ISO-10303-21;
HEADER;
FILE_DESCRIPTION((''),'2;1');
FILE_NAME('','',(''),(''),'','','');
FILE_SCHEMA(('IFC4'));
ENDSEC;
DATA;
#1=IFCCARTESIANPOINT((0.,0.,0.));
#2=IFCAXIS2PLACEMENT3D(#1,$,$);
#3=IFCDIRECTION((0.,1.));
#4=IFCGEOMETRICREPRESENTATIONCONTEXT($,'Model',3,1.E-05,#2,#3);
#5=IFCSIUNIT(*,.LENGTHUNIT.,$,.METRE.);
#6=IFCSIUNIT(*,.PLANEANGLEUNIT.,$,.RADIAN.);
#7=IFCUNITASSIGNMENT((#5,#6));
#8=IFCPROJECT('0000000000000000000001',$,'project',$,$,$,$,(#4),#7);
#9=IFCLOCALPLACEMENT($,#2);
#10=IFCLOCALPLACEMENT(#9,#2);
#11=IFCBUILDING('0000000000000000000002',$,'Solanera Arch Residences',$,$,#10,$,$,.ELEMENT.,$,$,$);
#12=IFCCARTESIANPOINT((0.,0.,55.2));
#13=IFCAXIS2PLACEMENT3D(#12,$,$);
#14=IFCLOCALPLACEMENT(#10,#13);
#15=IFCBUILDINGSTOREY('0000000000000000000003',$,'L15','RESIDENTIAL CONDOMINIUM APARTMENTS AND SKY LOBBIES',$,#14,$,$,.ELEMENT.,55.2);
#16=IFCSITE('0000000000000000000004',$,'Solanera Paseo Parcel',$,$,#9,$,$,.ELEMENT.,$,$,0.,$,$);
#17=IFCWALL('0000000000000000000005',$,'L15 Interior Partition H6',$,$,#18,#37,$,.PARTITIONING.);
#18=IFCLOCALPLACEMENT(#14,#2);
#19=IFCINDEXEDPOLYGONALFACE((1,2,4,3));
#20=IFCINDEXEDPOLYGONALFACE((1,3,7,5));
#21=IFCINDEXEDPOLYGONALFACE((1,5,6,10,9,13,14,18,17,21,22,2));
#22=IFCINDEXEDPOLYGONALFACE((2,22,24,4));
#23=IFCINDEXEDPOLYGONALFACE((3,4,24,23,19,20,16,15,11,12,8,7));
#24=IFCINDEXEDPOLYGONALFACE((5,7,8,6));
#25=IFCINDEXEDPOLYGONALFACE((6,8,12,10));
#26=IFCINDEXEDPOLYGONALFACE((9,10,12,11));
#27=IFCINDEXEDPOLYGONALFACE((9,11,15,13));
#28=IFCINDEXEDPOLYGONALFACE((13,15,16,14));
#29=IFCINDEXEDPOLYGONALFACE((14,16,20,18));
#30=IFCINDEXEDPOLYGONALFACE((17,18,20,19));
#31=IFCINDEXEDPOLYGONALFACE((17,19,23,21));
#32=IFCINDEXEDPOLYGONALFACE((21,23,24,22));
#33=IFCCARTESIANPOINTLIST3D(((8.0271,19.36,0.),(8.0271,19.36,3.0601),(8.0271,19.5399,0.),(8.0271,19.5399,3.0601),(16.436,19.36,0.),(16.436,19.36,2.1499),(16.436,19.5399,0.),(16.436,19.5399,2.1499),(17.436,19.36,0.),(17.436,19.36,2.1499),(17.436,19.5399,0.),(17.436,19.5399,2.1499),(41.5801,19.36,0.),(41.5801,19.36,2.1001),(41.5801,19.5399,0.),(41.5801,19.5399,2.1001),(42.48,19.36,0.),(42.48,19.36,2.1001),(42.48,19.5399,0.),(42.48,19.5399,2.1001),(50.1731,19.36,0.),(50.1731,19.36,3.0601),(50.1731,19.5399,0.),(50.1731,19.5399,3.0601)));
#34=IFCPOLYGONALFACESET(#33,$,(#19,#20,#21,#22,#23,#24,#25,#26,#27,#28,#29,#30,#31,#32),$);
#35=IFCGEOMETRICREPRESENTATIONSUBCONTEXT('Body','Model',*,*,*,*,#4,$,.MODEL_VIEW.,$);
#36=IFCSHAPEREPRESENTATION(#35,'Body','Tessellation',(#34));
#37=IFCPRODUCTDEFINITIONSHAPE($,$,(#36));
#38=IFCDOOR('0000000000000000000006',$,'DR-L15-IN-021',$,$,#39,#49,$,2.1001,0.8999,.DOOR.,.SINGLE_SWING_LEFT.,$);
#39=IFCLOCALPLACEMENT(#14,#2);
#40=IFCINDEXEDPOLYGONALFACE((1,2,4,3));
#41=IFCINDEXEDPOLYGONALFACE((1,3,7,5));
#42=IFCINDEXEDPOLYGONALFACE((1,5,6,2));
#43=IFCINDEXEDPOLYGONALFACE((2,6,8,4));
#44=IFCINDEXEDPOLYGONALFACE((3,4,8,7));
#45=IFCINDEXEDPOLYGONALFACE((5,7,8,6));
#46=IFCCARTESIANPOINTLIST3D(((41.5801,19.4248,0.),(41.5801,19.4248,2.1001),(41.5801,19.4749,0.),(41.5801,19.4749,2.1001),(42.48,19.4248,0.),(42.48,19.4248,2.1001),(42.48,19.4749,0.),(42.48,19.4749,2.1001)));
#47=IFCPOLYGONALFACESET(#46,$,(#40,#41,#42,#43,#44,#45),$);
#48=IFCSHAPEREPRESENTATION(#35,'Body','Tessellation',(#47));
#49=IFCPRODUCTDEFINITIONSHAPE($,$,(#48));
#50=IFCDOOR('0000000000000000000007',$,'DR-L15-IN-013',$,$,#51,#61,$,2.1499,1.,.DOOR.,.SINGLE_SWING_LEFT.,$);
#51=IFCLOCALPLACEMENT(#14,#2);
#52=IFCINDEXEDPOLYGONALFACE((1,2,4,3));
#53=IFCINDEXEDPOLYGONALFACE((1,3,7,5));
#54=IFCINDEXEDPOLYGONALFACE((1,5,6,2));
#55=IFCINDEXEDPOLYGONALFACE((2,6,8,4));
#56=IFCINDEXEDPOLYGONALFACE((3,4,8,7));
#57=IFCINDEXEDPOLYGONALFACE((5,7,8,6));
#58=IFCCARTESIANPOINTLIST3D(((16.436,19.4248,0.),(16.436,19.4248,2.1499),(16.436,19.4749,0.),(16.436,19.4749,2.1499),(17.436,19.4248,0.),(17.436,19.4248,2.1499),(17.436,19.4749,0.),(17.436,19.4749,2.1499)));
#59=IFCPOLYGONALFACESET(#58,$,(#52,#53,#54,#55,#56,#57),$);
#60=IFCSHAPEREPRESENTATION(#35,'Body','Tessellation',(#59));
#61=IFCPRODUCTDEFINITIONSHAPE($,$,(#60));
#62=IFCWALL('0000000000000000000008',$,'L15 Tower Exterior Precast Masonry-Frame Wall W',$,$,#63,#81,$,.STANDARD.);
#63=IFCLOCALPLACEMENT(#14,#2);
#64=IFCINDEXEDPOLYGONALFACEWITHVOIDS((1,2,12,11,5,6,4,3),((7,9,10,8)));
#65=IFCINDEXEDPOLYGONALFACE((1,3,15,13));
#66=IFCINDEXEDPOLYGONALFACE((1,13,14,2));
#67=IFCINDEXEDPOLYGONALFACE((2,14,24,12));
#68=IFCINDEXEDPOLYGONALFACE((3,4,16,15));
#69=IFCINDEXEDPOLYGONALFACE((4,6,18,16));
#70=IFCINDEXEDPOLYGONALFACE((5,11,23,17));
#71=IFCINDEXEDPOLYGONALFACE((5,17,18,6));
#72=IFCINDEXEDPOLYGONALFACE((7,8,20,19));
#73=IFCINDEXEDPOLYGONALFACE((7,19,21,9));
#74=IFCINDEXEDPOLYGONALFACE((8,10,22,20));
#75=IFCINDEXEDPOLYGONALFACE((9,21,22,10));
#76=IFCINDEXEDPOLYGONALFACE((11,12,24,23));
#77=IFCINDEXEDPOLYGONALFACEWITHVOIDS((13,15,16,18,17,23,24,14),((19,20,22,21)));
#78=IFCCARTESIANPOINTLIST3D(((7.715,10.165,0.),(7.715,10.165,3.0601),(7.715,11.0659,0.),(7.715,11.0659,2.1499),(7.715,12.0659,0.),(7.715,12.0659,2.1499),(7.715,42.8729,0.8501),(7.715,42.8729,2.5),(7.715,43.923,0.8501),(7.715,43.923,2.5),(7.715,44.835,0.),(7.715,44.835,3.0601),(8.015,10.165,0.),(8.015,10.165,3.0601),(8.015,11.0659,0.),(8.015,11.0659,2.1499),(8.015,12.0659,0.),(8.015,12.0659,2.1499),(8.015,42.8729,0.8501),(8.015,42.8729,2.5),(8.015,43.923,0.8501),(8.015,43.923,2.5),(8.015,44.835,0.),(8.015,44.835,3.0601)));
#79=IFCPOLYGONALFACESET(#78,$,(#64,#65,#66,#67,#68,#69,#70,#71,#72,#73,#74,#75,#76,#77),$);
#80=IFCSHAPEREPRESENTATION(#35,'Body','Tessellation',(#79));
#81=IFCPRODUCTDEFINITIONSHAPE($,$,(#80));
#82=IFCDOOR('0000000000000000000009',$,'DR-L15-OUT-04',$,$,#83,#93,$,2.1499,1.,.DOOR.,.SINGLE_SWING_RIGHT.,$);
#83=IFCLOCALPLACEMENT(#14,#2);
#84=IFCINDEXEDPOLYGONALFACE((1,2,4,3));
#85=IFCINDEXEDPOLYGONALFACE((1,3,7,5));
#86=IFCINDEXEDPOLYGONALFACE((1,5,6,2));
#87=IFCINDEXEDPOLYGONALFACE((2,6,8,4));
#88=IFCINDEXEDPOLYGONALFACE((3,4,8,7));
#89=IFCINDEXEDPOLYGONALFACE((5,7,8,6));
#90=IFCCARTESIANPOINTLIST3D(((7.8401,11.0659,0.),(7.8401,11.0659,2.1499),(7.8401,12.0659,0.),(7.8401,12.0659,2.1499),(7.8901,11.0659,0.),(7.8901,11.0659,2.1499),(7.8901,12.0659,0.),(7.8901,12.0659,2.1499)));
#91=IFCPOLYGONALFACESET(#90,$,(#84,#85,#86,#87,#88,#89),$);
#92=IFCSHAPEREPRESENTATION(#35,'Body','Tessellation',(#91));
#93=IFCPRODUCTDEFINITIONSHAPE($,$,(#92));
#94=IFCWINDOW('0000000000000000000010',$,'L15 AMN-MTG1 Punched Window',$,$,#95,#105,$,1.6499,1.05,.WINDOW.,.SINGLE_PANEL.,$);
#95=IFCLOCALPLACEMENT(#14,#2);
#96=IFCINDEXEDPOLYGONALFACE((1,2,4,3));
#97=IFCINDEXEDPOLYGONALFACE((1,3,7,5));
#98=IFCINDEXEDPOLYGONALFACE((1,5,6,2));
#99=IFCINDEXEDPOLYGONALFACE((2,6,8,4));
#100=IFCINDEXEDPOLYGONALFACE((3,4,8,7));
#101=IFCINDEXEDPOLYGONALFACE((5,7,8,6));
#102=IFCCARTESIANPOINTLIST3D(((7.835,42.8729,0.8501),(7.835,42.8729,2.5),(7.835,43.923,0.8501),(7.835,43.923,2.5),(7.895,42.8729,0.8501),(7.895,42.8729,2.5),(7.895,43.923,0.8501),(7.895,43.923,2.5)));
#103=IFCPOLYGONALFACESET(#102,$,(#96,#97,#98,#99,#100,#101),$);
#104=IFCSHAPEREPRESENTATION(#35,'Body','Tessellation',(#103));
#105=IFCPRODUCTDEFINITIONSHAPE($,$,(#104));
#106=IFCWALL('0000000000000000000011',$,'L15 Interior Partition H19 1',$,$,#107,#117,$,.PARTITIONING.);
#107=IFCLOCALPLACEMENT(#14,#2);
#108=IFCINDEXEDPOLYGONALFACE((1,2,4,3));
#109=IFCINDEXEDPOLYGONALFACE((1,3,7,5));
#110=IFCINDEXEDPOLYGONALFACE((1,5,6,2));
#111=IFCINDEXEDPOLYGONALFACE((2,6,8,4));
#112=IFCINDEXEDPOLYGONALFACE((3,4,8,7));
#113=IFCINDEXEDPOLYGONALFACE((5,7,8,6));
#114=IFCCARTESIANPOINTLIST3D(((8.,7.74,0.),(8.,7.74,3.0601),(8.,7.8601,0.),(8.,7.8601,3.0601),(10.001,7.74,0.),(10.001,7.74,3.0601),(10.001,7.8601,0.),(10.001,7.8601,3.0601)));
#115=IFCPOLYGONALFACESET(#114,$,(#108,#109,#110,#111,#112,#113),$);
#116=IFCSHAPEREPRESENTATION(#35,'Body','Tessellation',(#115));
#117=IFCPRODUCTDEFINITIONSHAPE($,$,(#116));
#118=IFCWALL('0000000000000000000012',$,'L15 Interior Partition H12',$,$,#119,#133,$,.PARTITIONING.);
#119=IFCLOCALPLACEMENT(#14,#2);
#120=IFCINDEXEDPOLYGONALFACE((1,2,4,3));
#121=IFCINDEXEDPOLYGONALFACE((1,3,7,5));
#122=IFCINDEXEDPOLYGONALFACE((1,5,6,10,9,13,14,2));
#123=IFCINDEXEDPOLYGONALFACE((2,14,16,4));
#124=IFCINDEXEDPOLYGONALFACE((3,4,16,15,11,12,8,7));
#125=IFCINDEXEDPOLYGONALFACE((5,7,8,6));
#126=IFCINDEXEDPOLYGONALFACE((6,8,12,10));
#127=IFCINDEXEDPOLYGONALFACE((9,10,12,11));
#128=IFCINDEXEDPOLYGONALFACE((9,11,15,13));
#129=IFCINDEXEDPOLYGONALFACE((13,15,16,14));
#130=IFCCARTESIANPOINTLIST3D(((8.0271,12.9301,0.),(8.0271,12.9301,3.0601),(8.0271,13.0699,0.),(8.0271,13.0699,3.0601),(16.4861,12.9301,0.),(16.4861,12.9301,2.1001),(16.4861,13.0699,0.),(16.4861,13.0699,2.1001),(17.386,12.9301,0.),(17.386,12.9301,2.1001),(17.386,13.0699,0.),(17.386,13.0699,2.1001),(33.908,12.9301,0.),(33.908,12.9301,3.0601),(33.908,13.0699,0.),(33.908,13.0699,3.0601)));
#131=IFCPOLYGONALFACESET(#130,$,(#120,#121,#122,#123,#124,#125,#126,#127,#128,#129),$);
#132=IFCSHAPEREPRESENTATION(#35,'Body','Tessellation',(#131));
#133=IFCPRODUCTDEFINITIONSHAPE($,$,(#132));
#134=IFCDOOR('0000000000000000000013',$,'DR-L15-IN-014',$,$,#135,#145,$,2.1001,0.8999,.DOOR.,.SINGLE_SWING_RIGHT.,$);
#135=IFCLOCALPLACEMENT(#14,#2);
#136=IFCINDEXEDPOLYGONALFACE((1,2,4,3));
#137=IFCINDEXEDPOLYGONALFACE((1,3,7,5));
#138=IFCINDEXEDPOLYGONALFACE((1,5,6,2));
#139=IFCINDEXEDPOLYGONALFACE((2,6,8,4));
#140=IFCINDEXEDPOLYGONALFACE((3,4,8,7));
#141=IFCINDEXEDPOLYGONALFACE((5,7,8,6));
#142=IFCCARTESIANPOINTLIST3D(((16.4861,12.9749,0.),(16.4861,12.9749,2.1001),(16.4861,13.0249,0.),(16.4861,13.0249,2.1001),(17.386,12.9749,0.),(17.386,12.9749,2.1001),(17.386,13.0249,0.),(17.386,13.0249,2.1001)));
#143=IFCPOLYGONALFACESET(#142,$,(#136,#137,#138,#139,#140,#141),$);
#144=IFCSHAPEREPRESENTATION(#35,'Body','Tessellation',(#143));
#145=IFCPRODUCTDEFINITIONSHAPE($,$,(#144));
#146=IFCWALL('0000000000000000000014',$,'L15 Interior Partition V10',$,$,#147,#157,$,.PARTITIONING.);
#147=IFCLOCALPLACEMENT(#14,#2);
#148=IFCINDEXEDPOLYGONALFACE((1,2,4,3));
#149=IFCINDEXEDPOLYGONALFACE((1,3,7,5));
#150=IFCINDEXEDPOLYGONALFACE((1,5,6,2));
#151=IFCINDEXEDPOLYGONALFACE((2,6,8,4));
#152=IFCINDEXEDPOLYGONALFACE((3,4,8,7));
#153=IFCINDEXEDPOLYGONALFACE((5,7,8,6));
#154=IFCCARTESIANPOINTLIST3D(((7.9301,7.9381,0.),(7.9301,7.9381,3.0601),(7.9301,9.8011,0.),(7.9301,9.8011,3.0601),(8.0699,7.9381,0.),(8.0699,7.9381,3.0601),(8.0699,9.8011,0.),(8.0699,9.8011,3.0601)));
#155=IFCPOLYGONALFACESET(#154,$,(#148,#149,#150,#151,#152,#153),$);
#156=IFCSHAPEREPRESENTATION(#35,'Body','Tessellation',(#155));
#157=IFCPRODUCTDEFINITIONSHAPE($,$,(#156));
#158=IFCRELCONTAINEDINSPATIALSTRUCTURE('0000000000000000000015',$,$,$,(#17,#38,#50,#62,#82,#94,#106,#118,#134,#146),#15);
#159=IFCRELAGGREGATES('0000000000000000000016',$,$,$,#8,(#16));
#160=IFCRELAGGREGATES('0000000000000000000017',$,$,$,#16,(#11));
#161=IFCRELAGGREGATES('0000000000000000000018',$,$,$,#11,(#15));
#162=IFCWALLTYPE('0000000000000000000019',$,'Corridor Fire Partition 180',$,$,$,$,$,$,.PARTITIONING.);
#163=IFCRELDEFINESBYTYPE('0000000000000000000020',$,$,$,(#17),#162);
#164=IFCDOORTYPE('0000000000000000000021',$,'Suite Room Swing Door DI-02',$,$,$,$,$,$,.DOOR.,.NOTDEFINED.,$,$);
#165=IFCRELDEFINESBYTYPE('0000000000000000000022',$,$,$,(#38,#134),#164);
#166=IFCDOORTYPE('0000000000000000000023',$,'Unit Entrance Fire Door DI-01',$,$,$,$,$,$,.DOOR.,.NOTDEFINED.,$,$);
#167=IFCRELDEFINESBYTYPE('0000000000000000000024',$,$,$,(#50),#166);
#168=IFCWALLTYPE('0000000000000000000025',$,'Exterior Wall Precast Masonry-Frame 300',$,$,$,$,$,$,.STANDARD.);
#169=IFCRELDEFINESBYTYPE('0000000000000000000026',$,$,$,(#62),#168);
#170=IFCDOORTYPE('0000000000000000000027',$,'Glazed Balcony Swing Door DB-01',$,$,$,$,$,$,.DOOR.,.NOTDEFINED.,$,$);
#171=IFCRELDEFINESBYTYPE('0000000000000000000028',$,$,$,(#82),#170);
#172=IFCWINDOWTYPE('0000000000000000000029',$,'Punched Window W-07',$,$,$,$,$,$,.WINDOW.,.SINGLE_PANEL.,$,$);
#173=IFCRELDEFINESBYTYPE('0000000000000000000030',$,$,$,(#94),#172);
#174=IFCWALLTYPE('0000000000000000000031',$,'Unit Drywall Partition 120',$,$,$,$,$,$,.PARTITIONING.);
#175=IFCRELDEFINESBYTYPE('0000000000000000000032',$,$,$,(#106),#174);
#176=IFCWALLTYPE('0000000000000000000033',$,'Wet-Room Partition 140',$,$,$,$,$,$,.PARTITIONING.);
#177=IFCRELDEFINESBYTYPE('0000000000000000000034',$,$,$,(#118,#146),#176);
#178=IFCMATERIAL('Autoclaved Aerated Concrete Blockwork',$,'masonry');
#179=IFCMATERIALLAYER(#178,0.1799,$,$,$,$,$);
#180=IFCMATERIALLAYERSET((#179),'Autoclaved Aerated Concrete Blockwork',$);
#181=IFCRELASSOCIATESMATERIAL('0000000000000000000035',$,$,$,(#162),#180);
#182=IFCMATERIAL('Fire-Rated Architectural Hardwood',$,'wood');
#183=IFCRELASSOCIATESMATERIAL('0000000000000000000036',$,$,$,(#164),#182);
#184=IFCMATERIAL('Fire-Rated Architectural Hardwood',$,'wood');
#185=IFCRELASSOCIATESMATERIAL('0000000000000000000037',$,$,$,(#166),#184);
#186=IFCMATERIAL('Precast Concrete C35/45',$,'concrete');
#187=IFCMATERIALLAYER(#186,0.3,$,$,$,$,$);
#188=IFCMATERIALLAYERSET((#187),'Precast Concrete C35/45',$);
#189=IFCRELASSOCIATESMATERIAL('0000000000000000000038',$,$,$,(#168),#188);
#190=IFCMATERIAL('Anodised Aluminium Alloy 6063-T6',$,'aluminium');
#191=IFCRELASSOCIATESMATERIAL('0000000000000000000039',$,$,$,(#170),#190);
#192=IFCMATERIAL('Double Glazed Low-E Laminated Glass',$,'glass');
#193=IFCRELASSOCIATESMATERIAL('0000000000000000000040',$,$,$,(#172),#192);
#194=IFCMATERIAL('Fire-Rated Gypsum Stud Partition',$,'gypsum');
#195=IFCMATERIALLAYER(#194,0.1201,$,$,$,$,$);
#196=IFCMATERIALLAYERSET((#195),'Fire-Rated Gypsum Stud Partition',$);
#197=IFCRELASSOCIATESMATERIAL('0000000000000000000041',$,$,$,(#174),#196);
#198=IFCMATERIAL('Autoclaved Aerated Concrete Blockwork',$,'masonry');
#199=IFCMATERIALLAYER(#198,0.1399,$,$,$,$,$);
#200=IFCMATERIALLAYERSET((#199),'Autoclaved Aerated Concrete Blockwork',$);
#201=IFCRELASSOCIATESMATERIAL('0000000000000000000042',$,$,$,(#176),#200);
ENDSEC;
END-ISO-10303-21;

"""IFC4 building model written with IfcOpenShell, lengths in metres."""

from ifc_helpers import new_model, si_unit, direction, frame, frame_2d, origin, place, context, subcontext, project, spatial, rectangle, extrude, material, layer, layer_set, type_object, element, fill, save


model = new_model("IFC4")

# Units and contexts
model_context = context("Model", 3, precision=1e-05, world=origin(), true_north=direction((0.0, 1.0)))
body_context = subcontext(model_context, "Body", "Model", "MODEL_VIEW")
ifc_project = project(units=[si_unit("LENGTHUNIT", "METRE"), si_unit("PLANEANGLEUNIT", "RADIAN")], contexts=[model_context])

# Site, building, storey
site_placement = place(None, origin())
site = spatial("IfcSite", under=ifc_project, at=site_placement, Name="Solanera Paseo Parcel", CompositionType="ELEMENT", RefElevation=0.0)
building_placement = place(site_placement, origin())
building = spatial("IfcBuilding", under=site, at=building_placement, Name="Solanera Arch Residences", CompositionType="ELEMENT")
storey_placement = place(building_placement, frame((0.0, 0.0, 55.2)))
storey = spatial("IfcBuildingStorey", under=building, at=storey_placement, Name="L15", Description="RESIDENTIAL CONDOMINIUM APARTMENTS AND SKY LOBBIES", CompositionType="ELEMENT", Elevation=55.2)

# Wall, openings, doors
ifc_material_1 = material(Name="Autoclaved Aerated Concrete Blockwork", Category="masonry")
ifc_layer_1 = layer(ifc_material_1, 0.1799)
ifc_layer_set_1 = layer_set([ifc_layer_1], Name="Autoclaved Aerated Concrete Blockwork")
wall_type_1 = type_object("IfcWallType", Name="Corridor Fire Partition 180", PredefinedType="PARTITIONING", material=ifc_layer_set_1)
wall_1_placement = place(storey_placement, frame((8.0271, 19.45, 0.0), z_axis=(0.0, 0.0, 1.0), x_axis=(1.0, 0.0, 0.0)))
wall_1 = element("IfcWall", 1, at=wall_1_placement, inside=storey, type_object=wall_type_1, Name="L15 Interior Partition H6", PredefinedType="PARTITIONING", context=body_context, shape_type="SweptSolid", body=[
    extrude(rectangle(XDim=42.146, YDim=0.1799, at=frame_2d((21.073, 0.0))), origin(), (0.0, 0.0, 1.0), 3.0601),
])
opening_1_placement = place(wall_1_placement, frame((8.4089, 0.0, 0.0)))
opening_1 = element("IfcOpeningElement", 2, at=opening_1_placement, cuts=wall_1, PredefinedType="OPENING", context=body_context, shape_type="SweptSolid", body=[
    extrude(rectangle(XDim=1.0, YDim=2.1499, at=frame_2d((0.5, 1.075))), frame((0.0, 0.1001, 0.0), z_axis=(0.0, -1.0, 0.0), x_axis=(1.0, 0.0, 0.0)), (0.0, 0.0, 1.0), 0.1999),
])
opening_2_placement = place(wall_1_placement, frame((33.553, 0.0, 0.0)))
opening_2 = element("IfcOpeningElement", 3, at=opening_2_placement, cuts=wall_1, PredefinedType="OPENING", context=body_context, shape_type="SweptSolid", body=[
    extrude(rectangle(XDim=0.8999, YDim=2.1001, at=frame_2d((0.45, 1.05))), frame((0.0, 0.1001, 0.0), z_axis=(0.0, -1.0, 0.0), x_axis=(1.0, 0.0, 0.0)), (0.0, 0.0, 1.0), 0.1999),
])
ifc_material_2 = material(Name="Fire-Rated Architectural Hardwood", Category="wood")
door_type_1 = type_object("IfcDoorType", Name="Suite Room Swing Door DI-02", OperationType="NOTDEFINED", PredefinedType="DOOR", material=ifc_material_2)
door_1_placement = place(opening_2_placement, origin())
door_1 = element("IfcDoor", 4, at=door_1_placement, inside=storey, type_object=door_type_1, Name="DR-L15-IN-021", OperationType="SINGLE_SWING_LEFT", OverallHeight=2.1001, OverallWidth=0.8999, PredefinedType="DOOR", context=body_context, shape_type="SweptSolid", body=[
    extrude(rectangle(XDim=0.8999, YDim=2.1001, at=frame_2d((0.45, 1.05))), frame((0.0, 0.0249, 0.0), z_axis=(0.0, -1.0, 0.0), x_axis=(1.0, 0.0, 0.0)), (0.0, 0.0, 1.0), 0.05),
])
fill(opening_2, door_1)
ifc_material_3 = material(Name="Fire-Rated Architectural Hardwood", Category="wood")
door_type_2 = type_object("IfcDoorType", Name="Unit Entrance Fire Door DI-01", OperationType="NOTDEFINED", PredefinedType="DOOR", material=ifc_material_3)
door_2_placement = place(opening_1_placement, origin())
door_2 = element("IfcDoor", 5, at=door_2_placement, inside=storey, type_object=door_type_2, Name="DR-L15-IN-013", OperationType="SINGLE_SWING_LEFT", OverallHeight=2.1499, OverallWidth=1.0, PredefinedType="DOOR", context=body_context, shape_type="SweptSolid", body=[
    extrude(rectangle(XDim=1.0, YDim=2.1499, at=frame_2d((0.5, 1.075))), frame((0.0, 0.0249, 0.0), z_axis=(0.0, -1.0, 0.0), x_axis=(1.0, 0.0, 0.0)), (0.0, 0.0, 1.0), 0.05),
])
fill(opening_1, door_2)

# Wall, openings, door, window
ifc_material_4 = material(Name="Precast Concrete C35/45", Category="concrete")
ifc_layer_2 = layer(ifc_material_4, 0.3)
ifc_layer_set_2 = layer_set([ifc_layer_2], Name="Precast Concrete C35/45")
wall_type_2 = type_object("IfcWallType", Name="Exterior Wall Precast Masonry-Frame 300", PredefinedType="STANDARD", material=ifc_layer_set_2)
wall_2_placement = place(storey_placement, frame((7.865, 10.165, 0.0), z_axis=(0.0, 0.0, 1.0), x_axis=(0.0, 1.0, 0.0)))
wall_2 = element("IfcWall", 6, at=wall_2_placement, inside=storey, type_object=wall_type_2, Name="L15 Tower Exterior Precast Masonry-Frame Wall W", PredefinedType="STANDARD", context=body_context, shape_type="SweptSolid", body=[
    extrude(rectangle(XDim=34.6699, YDim=0.3, at=frame_2d((17.335, 0.0))), origin(), (0.0, 0.0, 1.0), 3.0601),
])
opening_3_placement = place(wall_2_placement, frame((0.9009, 0.0, 0.0)))
opening_3 = element("IfcOpeningElement", 7, at=opening_3_placement, cuts=wall_2, PredefinedType="OPENING", context=body_context, shape_type="SweptSolid", body=[
    extrude(rectangle(XDim=1.0, YDim=2.1499, at=frame_2d((0.5, 1.075))), frame((0.0, 0.1599, 0.0), z_axis=(0.0, -1.0, 0.0), x_axis=(1.0, 0.0, 0.0)), (0.0, 0.0, 1.0), 0.32),
])
opening_4_placement = place(wall_2_placement, frame((32.708, 0.0, 0.8501)))
opening_4 = element("IfcOpeningElement", 8, at=opening_4_placement, cuts=wall_2, PredefinedType="OPENING", context=body_context, shape_type="SweptSolid", body=[
    extrude(rectangle(XDim=1.05, YDim=1.6499, at=frame_2d((0.5249, 0.825))), frame((0.0, 0.1599, 0.0), z_axis=(0.0, -1.0, 0.0), x_axis=(1.0, 0.0, 0.0)), (0.0, 0.0, 1.0), 0.32),
])
ifc_material_5 = material(Name="Anodised Aluminium Alloy 6063-T6", Category="aluminium")
door_type_3 = type_object("IfcDoorType", Name="Glazed Balcony Swing Door DB-01", OperationType="NOTDEFINED", PredefinedType="DOOR", material=ifc_material_5)
door_3_placement = place(opening_3_placement, origin())
door_3 = element("IfcDoor", 9, at=door_3_placement, inside=storey, type_object=door_type_3, Name="DR-L15-OUT-04", OperationType="SINGLE_SWING_RIGHT", OverallHeight=2.1499, OverallWidth=1.0, PredefinedType="DOOR", context=body_context, shape_type="SweptSolid", body=[
    extrude(rectangle(XDim=1.0, YDim=2.1499, at=frame_2d((0.5, 1.075))), frame((0.0, 0.0249, 0.0), z_axis=(0.0, -1.0, 0.0), x_axis=(1.0, 0.0, 0.0)), (0.0, 0.0, 1.0), 0.05),
])
fill(opening_3, door_3)
ifc_material_6 = material(Name="Double Glazed Low-E Laminated Glass", Category="glass")
window_type = type_object("IfcWindowType", Name="Punched Window W-07", PartitioningType="SINGLE_PANEL", PredefinedType="WINDOW", material=ifc_material_6)
window_placement = place(opening_4_placement, origin())
window = element("IfcWindow", 10, at=window_placement, inside=storey, type_object=window_type, Name="L15 AMN-MTG1 Punched Window", OverallHeight=1.6499, OverallWidth=1.05, PartitioningType="SINGLE_PANEL", PredefinedType="WINDOW", context=body_context, shape_type="SweptSolid", body=[
    extrude(rectangle(XDim=1.05, YDim=1.6499, at=frame_2d((0.5249, 0.825))), frame((0.0, 0.03, 0.0), z_axis=(0.0, -1.0, 0.0), x_axis=(1.0, 0.0, 0.0)), (0.0, 0.0, 1.0), 0.0601),
])
fill(opening_4, window)

# Wall
ifc_material_7 = material(Name="Fire-Rated Gypsum Stud Partition", Category="gypsum")
ifc_layer_3 = layer(ifc_material_7, 0.1201)
ifc_layer_set_3 = layer_set([ifc_layer_3], Name="Fire-Rated Gypsum Stud Partition")
wall_type_3 = type_object("IfcWallType", Name="Unit Drywall Partition 120", PredefinedType="PARTITIONING", material=ifc_layer_set_3)
wall_3_placement = place(storey_placement, frame((8.0, 7.8, 0.0), z_axis=(0.0, 0.0, 1.0), x_axis=(1.0, 0.0, 0.0)))
element("IfcWall", 11, at=wall_3_placement, inside=storey, type_object=wall_type_3, Name="L15 Interior Partition H19 1", PredefinedType="PARTITIONING", context=body_context, shape_type="SweptSolid", body=[
    extrude(rectangle(XDim=2.001, YDim=0.1201, at=frame_2d((1.0005, 0.0))), origin(), (0.0, 0.0, 1.0), 3.0601),
])

# Wall, opening, door
ifc_material_8 = material(Name="Autoclaved Aerated Concrete Blockwork", Category="masonry")
ifc_layer_4 = layer(ifc_material_8, 0.1399)
ifc_layer_set_4 = layer_set([ifc_layer_4], Name="Autoclaved Aerated Concrete Blockwork")
wall_type_4 = type_object("IfcWallType", Name="Wet-Room Partition 140", PredefinedType="PARTITIONING", material=ifc_layer_set_4)
wall_4_placement = place(storey_placement, frame((8.0271, 13.0, 0.0), z_axis=(0.0, 0.0, 1.0), x_axis=(1.0, 0.0, 0.0)))
wall_4 = element("IfcWall", 12, at=wall_4_placement, inside=storey, type_object=wall_type_4, Name="L15 Interior Partition H12", PredefinedType="PARTITIONING", context=body_context, shape_type="SweptSolid", body=[
    extrude(rectangle(XDim=25.8809, YDim=0.1399, at=frame_2d((12.9404, 0.0))), origin(), (0.0, 0.0, 1.0), 3.0601),
])
opening_5_placement = place(wall_4_placement, frame((8.459, 0.0, 0.0)))
opening_5 = element("IfcOpeningElement", 13, at=opening_5_placement, cuts=wall_4, PredefinedType="OPENING", context=body_context, shape_type="SweptSolid", body=[
    extrude(rectangle(XDim=0.8999, YDim=2.1001, at=frame_2d((0.45, 1.05))), frame((0.0, 0.0798, 0.0), z_axis=(0.0, -1.0, 0.0), x_axis=(1.0, 0.0, 0.0)), (0.0, 0.0, 1.0), 0.1599),
])
door_4_placement = place(opening_5_placement, origin())
door_4 = element("IfcDoor", 14, at=door_4_placement, inside=storey, type_object=door_type_1, Name="DR-L15-IN-014", OperationType="SINGLE_SWING_RIGHT", OverallHeight=2.1001, OverallWidth=0.8999, PredefinedType="DOOR", context=body_context, shape_type="SweptSolid", body=[
    extrude(rectangle(XDim=0.8999, YDim=2.1001, at=frame_2d((0.45, 1.05))), frame((0.0, 0.0249, 0.0), z_axis=(0.0, -1.0, 0.0), x_axis=(1.0, 0.0, 0.0)), (0.0, 0.0, 1.0), 0.05),
])
fill(opening_5, door_4)

# Wall
wall_5_placement = place(storey_placement, frame((8.0, 7.938, 0.0), z_axis=(0.0, 0.0, 1.0), x_axis=(0.0, 1.0, 0.0)))
element("IfcWall", 15, at=wall_5_placement, inside=storey, type_object=wall_type_4, Name="L15 Interior Partition V10", PredefinedType="PARTITIONING", context=body_context, shape_type="SweptSolid", body=[
    extrude(rectangle(XDim=1.863, YDim=0.1399, at=frame_2d((0.9316, 0.0))), origin(), (0.0, 0.0, 1.0), 3.0601),
])

save(model, "model.ifc")
